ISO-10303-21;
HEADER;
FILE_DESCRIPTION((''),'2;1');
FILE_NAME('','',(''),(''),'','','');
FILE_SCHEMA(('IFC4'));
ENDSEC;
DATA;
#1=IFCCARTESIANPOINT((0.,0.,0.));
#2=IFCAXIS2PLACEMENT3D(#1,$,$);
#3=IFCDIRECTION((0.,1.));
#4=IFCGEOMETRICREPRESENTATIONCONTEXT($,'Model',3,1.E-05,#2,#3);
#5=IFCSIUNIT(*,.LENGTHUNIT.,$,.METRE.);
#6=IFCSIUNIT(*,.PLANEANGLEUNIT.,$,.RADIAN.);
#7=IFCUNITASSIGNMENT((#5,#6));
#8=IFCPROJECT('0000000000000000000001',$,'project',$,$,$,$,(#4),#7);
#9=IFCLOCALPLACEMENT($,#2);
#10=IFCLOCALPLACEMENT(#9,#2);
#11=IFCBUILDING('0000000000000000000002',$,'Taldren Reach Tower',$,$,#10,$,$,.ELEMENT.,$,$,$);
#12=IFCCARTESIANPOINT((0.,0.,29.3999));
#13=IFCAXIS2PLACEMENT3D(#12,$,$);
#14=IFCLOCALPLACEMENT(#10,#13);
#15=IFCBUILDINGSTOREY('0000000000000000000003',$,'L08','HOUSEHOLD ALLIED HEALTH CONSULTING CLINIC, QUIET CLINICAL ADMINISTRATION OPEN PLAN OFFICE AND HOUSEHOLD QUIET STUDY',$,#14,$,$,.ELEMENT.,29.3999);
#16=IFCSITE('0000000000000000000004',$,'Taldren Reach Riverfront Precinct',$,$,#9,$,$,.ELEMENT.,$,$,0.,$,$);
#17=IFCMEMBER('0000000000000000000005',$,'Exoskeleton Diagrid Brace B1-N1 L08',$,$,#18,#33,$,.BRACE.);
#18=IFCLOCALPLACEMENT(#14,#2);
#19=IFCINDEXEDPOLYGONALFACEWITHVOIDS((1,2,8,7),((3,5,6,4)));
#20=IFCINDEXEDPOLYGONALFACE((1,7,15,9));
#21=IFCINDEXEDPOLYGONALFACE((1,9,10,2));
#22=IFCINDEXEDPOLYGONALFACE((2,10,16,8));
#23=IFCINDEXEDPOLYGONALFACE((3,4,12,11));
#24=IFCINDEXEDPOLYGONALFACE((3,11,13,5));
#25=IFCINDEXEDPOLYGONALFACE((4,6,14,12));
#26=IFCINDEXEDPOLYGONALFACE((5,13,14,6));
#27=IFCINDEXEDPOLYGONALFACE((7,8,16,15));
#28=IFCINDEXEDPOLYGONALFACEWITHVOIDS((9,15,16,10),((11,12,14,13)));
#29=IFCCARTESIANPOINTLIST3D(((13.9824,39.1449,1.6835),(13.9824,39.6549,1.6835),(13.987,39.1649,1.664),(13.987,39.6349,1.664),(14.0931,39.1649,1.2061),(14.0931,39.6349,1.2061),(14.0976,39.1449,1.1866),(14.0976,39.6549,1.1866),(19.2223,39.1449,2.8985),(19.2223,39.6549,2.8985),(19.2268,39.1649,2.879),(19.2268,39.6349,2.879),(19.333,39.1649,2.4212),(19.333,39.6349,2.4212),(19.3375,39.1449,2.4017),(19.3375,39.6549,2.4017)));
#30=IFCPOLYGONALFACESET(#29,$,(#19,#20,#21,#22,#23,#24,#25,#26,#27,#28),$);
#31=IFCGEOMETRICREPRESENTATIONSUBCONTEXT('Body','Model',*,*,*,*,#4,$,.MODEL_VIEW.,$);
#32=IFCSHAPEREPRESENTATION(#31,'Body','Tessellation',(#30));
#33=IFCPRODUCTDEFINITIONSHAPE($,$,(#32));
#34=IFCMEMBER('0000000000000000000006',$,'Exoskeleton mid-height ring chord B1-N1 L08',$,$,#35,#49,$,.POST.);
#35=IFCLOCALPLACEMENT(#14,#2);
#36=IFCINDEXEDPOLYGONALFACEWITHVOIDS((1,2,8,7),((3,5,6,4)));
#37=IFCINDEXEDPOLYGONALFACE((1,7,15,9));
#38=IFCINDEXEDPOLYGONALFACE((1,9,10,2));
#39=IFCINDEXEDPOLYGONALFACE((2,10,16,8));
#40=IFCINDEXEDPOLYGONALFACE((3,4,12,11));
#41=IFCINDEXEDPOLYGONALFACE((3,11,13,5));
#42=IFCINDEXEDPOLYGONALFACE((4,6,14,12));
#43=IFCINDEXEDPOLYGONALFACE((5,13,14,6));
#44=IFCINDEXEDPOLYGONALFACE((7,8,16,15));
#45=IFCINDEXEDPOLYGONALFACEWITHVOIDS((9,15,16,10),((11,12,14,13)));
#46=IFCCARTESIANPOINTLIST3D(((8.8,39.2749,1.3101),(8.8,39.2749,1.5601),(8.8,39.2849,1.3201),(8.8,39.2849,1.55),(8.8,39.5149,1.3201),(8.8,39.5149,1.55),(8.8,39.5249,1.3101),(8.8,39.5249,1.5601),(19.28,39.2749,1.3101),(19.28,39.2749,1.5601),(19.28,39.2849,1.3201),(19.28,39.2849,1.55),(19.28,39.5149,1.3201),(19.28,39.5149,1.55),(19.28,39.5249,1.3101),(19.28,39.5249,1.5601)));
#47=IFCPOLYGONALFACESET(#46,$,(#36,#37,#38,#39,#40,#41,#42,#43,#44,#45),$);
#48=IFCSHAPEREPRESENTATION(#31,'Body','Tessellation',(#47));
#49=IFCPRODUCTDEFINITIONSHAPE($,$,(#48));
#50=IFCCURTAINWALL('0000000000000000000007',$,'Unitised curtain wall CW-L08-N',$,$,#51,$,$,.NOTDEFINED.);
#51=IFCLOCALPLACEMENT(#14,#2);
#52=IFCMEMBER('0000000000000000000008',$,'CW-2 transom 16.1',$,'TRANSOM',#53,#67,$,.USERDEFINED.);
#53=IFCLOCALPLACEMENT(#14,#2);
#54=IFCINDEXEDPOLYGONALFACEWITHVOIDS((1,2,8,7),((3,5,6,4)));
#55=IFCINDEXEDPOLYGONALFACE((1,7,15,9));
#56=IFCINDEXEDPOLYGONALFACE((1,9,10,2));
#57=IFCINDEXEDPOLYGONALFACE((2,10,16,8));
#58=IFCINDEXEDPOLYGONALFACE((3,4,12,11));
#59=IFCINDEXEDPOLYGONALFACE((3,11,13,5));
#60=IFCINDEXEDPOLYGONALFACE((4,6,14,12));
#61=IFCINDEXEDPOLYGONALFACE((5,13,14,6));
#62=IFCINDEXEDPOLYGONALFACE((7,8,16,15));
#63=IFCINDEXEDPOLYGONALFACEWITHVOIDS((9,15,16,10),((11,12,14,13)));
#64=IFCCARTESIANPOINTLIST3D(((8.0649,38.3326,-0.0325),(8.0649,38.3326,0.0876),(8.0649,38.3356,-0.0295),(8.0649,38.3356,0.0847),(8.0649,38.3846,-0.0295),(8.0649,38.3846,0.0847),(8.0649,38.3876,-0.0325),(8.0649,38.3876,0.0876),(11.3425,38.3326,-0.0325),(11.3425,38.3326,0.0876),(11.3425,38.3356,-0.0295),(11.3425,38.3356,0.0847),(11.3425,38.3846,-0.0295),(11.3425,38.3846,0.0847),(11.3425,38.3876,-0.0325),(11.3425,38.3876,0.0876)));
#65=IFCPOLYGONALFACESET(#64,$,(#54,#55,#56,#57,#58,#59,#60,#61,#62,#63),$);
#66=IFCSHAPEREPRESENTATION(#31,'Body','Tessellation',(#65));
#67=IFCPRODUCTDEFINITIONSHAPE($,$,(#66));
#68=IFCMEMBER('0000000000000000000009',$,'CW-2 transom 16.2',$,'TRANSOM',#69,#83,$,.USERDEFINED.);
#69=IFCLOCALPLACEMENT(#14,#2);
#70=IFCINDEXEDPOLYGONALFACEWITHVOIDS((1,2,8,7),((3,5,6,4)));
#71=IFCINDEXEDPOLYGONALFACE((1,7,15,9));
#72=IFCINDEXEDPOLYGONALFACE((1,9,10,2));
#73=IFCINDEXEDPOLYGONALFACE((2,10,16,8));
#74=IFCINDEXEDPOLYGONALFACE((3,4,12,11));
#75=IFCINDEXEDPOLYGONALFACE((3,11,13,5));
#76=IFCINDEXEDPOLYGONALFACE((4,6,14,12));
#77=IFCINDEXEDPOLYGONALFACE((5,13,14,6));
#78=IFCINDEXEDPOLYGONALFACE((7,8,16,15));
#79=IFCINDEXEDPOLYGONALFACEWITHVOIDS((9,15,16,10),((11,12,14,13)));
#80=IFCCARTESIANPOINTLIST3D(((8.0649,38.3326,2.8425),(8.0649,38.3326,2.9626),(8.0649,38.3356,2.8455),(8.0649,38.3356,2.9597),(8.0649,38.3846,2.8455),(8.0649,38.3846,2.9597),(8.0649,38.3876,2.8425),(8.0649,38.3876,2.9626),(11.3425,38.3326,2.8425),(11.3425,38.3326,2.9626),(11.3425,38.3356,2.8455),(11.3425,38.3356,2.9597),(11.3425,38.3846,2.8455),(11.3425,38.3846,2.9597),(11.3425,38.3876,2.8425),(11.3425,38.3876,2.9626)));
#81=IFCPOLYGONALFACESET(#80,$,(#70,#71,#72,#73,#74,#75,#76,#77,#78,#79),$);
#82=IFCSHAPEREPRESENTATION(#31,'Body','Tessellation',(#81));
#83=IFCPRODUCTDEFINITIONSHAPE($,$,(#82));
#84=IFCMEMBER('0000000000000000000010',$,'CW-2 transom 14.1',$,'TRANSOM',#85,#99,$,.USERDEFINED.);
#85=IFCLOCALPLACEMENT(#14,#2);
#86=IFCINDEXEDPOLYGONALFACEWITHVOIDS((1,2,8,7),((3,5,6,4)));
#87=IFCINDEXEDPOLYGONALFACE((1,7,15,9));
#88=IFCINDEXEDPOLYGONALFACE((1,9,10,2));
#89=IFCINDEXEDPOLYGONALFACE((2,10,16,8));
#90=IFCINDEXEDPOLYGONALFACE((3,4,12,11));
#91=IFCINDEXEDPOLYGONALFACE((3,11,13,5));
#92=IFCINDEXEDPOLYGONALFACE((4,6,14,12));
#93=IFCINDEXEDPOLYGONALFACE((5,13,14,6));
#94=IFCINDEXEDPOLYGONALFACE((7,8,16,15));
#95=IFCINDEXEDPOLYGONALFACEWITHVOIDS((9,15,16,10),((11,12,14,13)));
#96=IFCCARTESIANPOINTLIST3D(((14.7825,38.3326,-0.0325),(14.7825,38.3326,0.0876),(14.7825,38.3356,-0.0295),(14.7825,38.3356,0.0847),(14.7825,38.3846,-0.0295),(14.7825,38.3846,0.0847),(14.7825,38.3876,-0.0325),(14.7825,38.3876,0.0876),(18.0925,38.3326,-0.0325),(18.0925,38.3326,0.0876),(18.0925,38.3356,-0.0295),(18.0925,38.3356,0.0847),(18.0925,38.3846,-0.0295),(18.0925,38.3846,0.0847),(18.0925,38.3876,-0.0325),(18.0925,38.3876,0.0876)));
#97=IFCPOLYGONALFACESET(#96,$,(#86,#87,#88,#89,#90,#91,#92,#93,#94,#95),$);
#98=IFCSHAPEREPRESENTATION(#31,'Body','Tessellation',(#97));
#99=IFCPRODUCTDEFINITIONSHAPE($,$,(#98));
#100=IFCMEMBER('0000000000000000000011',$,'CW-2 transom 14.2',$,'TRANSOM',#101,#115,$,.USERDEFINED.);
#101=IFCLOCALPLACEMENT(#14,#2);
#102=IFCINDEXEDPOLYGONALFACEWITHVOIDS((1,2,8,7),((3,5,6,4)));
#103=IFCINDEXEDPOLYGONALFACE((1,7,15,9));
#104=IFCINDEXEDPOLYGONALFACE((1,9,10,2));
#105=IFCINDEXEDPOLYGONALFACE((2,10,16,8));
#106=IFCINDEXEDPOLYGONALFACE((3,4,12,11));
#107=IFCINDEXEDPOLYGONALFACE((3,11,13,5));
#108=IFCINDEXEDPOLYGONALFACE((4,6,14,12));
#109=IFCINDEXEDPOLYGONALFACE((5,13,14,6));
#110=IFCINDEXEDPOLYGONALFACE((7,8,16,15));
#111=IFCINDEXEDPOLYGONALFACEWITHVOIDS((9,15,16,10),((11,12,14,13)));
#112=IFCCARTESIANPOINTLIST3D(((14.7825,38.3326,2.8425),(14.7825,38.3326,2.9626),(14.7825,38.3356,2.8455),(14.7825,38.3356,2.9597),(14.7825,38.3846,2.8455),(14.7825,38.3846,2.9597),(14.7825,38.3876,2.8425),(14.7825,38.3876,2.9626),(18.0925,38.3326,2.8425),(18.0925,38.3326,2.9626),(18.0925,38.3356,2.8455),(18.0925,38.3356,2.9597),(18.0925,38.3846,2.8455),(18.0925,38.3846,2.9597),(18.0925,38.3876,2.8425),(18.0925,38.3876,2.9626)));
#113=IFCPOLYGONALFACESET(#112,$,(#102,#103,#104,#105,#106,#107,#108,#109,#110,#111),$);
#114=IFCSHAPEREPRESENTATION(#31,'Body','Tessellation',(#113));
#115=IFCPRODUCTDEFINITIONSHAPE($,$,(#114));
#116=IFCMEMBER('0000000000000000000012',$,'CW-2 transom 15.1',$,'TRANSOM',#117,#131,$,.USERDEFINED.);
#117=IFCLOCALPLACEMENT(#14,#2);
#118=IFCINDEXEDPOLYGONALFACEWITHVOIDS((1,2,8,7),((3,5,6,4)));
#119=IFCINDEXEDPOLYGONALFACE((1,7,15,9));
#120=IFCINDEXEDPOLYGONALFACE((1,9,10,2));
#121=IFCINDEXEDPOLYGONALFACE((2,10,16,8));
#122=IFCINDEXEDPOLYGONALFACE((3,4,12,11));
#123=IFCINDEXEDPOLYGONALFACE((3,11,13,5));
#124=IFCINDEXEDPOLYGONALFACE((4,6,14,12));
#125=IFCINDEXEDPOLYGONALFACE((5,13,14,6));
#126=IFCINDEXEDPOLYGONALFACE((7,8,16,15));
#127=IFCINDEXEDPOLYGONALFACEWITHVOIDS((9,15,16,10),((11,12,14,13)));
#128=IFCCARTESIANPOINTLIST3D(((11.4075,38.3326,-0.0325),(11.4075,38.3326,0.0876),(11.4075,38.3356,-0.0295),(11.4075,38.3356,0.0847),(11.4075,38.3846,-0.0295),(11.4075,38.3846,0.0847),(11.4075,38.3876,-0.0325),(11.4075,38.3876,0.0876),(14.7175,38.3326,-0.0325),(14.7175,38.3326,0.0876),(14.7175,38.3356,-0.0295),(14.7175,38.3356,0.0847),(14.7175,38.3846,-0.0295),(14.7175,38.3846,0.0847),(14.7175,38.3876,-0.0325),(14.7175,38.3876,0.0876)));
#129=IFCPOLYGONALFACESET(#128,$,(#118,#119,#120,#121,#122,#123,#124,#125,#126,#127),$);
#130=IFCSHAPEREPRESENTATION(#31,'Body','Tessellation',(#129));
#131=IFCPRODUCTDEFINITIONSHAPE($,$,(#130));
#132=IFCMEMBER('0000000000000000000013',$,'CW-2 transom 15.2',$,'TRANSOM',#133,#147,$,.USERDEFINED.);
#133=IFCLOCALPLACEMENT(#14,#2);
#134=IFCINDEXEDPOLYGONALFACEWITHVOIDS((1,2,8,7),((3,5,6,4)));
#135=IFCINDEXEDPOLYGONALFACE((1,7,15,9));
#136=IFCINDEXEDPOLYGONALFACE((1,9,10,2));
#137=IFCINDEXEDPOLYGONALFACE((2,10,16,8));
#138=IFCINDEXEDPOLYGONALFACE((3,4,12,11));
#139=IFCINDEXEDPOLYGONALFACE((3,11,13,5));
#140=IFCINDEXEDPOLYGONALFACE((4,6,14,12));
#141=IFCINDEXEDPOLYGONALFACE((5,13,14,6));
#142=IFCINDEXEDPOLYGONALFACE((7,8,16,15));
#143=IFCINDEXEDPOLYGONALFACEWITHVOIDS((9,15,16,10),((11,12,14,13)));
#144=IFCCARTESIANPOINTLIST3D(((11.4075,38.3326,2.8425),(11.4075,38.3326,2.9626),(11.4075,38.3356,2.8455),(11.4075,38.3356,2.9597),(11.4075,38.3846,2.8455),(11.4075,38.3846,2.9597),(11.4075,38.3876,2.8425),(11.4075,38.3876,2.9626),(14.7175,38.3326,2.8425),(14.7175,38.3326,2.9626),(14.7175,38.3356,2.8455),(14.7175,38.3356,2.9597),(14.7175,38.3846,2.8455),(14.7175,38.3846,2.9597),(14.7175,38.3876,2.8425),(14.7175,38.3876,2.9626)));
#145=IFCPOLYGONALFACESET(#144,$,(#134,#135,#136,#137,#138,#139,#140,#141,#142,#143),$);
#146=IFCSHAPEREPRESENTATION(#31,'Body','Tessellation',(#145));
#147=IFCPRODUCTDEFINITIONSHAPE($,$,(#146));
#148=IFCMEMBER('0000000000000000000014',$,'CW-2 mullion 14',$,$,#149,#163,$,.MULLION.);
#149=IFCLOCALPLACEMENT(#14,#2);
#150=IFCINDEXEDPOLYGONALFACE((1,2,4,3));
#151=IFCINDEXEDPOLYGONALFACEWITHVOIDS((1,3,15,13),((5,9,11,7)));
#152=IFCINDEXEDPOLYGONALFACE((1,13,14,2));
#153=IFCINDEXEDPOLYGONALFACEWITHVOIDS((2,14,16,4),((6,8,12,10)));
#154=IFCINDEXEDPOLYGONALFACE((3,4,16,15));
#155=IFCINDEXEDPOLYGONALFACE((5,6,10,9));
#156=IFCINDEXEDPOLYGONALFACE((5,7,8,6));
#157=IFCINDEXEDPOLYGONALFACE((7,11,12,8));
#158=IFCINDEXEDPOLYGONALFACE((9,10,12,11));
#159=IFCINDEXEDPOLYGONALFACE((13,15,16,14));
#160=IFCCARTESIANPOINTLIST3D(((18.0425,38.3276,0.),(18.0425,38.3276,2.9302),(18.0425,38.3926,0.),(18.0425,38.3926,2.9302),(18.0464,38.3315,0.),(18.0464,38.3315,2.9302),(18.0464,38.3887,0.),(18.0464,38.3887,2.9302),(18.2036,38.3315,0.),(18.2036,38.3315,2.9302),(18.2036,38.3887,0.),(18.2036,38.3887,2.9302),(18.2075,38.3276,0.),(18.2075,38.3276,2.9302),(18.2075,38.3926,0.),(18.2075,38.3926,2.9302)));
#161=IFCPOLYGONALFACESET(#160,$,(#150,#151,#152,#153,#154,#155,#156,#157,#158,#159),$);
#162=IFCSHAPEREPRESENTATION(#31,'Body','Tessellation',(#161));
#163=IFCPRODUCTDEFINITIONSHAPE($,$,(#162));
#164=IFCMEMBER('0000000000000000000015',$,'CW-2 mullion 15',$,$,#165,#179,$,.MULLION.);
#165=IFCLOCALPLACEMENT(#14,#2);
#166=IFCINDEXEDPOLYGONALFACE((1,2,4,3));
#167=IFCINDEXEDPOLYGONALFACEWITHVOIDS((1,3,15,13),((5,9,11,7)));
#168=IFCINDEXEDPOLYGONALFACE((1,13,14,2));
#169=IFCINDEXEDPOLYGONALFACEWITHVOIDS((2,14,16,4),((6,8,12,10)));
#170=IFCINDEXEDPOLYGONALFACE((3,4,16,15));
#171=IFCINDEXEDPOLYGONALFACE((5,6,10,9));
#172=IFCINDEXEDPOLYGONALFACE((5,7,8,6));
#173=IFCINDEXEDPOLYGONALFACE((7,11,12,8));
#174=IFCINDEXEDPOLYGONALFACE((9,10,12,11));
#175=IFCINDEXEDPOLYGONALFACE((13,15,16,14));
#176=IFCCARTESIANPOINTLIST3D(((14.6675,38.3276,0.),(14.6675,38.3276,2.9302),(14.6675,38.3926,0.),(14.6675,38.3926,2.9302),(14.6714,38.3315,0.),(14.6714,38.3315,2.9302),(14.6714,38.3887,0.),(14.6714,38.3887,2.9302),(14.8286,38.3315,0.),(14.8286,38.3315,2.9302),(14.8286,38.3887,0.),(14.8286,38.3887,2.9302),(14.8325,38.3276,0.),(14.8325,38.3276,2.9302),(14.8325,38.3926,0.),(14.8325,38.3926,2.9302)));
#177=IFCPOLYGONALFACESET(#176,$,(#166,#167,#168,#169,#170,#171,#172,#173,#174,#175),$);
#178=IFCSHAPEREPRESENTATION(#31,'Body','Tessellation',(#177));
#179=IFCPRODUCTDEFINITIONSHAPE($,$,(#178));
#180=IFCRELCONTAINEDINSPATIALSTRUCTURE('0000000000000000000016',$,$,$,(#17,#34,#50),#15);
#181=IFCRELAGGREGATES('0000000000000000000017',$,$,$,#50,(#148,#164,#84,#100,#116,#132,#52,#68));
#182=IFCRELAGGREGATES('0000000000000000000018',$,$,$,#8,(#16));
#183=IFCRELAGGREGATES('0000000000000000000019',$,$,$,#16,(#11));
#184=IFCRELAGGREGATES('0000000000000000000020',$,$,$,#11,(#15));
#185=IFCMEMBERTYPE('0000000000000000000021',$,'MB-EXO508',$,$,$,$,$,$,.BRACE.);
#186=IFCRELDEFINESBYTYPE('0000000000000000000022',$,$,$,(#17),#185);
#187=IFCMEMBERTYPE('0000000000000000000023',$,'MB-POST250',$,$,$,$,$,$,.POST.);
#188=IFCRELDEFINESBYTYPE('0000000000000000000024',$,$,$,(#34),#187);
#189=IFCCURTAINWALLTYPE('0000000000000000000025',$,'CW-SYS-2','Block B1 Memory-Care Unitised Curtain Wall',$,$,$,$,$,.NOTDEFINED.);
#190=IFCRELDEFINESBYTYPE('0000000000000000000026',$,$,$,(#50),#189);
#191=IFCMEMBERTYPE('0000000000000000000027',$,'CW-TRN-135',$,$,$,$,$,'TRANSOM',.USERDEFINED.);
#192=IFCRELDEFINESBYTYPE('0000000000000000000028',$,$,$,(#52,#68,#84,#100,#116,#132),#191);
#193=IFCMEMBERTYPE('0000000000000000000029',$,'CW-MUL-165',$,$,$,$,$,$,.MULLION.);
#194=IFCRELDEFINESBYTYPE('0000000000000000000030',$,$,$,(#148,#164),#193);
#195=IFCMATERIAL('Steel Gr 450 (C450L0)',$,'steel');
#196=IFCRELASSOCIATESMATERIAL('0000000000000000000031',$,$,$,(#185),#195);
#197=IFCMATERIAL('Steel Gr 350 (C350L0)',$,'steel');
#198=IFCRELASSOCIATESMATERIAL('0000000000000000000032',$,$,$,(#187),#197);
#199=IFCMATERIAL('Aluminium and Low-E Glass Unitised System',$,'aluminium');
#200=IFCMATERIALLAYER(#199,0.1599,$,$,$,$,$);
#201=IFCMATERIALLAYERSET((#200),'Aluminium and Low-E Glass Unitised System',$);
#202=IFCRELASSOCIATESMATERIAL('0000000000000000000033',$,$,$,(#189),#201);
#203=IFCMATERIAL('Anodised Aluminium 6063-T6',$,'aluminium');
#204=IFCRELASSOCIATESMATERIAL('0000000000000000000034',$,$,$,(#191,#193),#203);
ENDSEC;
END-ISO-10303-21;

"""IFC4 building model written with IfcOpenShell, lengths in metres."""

from ifc_helpers import new_model, si_unit, direction, frame, origin, origin_2d, place, context, subcontext, project, spatial, hollow_rectangle, extrude, source, transform, mapped, material, layer, layer_set, material_profile, profile_set, type_object, element, aggregate, save


model = new_model("IFC4")

# Units and contexts
model_context = context("Model", 3, precision=1e-05, world=origin(), true_north=direction((0.0, 1.0)))
body_context = subcontext(model_context, "Body", "Model", "MODEL_VIEW")
ifc_project = project(units=[si_unit("LENGTHUNIT", "METRE"), si_unit("PLANEANGLEUNIT", "RADIAN")], contexts=[model_context])

# Site, building, storey
site_placement = place(None, origin())
site = spatial("IfcSite", under=ifc_project, at=site_placement, Name="Taldren Reach Riverfront Precinct", CompositionType="ELEMENT", RefElevation=0.0)
building_placement = place(site_placement, origin())
building = spatial("IfcBuilding", under=site, at=building_placement, Name="Taldren Reach Tower", CompositionType="ELEMENT")
storey_placement = place(building_placement, frame((0.0, 0.0, 29.3999)))
storey = spatial("IfcBuildingStorey", under=building, at=storey_placement, Name="L08", Description="HOUSEHOLD ALLIED HEALTH CONSULTING CLINIC, QUIET CLINICAL ADMINISTRATION OPEN PLAN OFFICE AND HOUSEHOLD QUIET STUDY", CompositionType="ELEMENT", Elevation=29.3999)

# Members
ifc_material_1 = material(Name="Steel Gr 450 (C450L0)", Category="steel")
ifc_material_profile_1 = material_profile(ifc_material_1, hollow_rectangle(XDim=0.51, YDim=0.51, WallThickness=0.02, at=origin_2d()), Name="510x510x20.0SHS")
ifc_profile_set_1 = profile_set([ifc_material_profile_1], Name="Steel Gr 450 (C450L0)")
member_type_1 = type_object("IfcMemberType", Name="MB-EXO508", PredefinedType="BRACE", material=ifc_profile_set_1)
shared_shape_1 = source(origin(), body_context, "Body", "SweptSolid", [
    extrude(hollow_rectangle(XDim=0.51, YDim=0.51, WallThickness=0.02, at=origin_2d()), origin(), (0.0, 0.0, 1.0), 5.3789),
])
member_1_placement = place(storey_placement, frame((14.04, 39.3999, 1.4351), z_axis=(0.974152, 0.0, 0.225894), x_axis=(0.0, 1.0, 0.0)))
element("IfcMember", 1, at=member_1_placement, inside=storey, type_object=member_type_1, Name="Exoskeleton Diagrid Brace B1-N1 L08", PredefinedType="BRACE", context=body_context, shape_type="MappedRepresentation", body=[
    mapped(shared_shape_1, transform((0.0, 0.0, 0.0), scale=1.0)),
])
ifc_material_2 = material(Name="Steel Gr 350 (C350L0)", Category="steel")
ifc_material_profile_2 = material_profile(ifc_material_2, hollow_rectangle(XDim=0.25, YDim=0.25, WallThickness=0.01, at=origin_2d()), Name="250x250x10.0SHS")
ifc_profile_set_2 = profile_set([ifc_material_profile_2], Name="Steel Gr 350 (C350L0)")
member_type_2 = type_object("IfcMemberType", Name="MB-POST250", PredefinedType="POST", material=ifc_profile_set_2)
shared_shape_2 = source(origin(), body_context, "Body", "SweptSolid", [
    extrude(hollow_rectangle(XDim=0.25, YDim=0.25, WallThickness=0.01, at=origin_2d()), origin(), (0.0, 0.0, 1.0), 10.48),
])
member_2_placement = place(storey_placement, frame((8.8, 39.3999, 1.4351), z_axis=(1.0, 0.0, 0.0), x_axis=(0.0, 1.0, 0.0)))
element("IfcMember", 2, at=member_2_placement, inside=storey, type_object=member_type_2, Name="Exoskeleton mid-height ring chord B1-N1 L08", PredefinedType="POST", context=body_context, shape_type="MappedRepresentation", body=[
    mapped(shared_shape_2, transform((0.0, 0.0, 0.0), scale=1.0)),
])

# Curtain wall, members
ifc_material_3 = material(Name="Aluminium and Low-E Glass Unitised System", Category="aluminium")
ifc_layer_1 = layer(ifc_material_3, 0.1599)
ifc_layer_set_1 = layer_set([ifc_layer_1], Name="Aluminium and Low-E Glass Unitised System")
curtain_wall_type = type_object("IfcCurtainWallType", Name="CW-SYS-2", Description="Block B1 Memory-Care Unitised Curtain Wall", PredefinedType="NOTDEFINED", material=ifc_layer_set_1)
curtain_wall_placement = place(storey_placement, origin())
curtain_wall = element("IfcCurtainWall", 3, at=curtain_wall_placement, inside=storey, type_object=curtain_wall_type, Name="Unitised curtain wall CW-L08-N", PredefinedType="NOTDEFINED")
ifc_material_4 = material(Name="Anodised Aluminium 6063-T6", Category="aluminium")
ifc_material_profile_3 = material_profile(ifc_material_4, hollow_rectangle(XDim=0.0549, YDim=0.1201, WallThickness=0.0029, at=origin_2d()), Name="ALU-120x55x3RHS")
ifc_profile_set_3 = profile_set([ifc_material_profile_3], Name="Anodised Aluminium 6063-T6")
member_type_3 = type_object("IfcMemberType", Name="CW-TRN-135", ElementType="TRANSOM", PredefinedType="USERDEFINED", material=ifc_profile_set_3)
shared_shape_3 = source(origin(), body_context, "Body", "SweptSolid", [
    extrude(hollow_rectangle(XDim=0.0549, YDim=0.1201, WallThickness=0.0029, at=origin_2d()), origin(), (0.0, 0.0, 1.0), 3.2776),
])
member_3_placement = place(storey_placement, frame((11.3425, 38.3601, 0.0276), z_axis=(-1.0, 0.0, 0.0), x_axis=(0.0, -1.0, 0.0)))
member_3 = element("IfcMember", 4, at=member_3_placement, type_object=member_type_3, Name="CW-2 transom 16.1", ObjectType="TRANSOM", PredefinedType="USERDEFINED", context=body_context, shape_type="MappedRepresentation", body=[
    mapped(shared_shape_3, transform((0.0, 0.0, 0.0), scale=1.0)),
])
member_4_placement = place(storey_placement, frame((11.3425, 38.3601, 2.9026), z_axis=(-1.0, 0.0, 0.0), x_axis=(0.0, -1.0, 0.0)))
member_4 = element("IfcMember", 5, at=member_4_placement, type_object=member_type_3, Name="CW-2 transom 16.2", ObjectType="TRANSOM", PredefinedType="USERDEFINED", context=body_context, shape_type="MappedRepresentation", body=[
    mapped(shared_shape_3, transform((0.0, 0.0, 0.0), scale=1.0)),
])
shared_shape_4 = source(origin(), body_context, "Body", "SweptSolid", [
    extrude(hollow_rectangle(XDim=0.0549, YDim=0.1201, WallThickness=0.0029, at=origin_2d()), origin(), (0.0, 0.0, 1.0), 3.3101),
])
member_5_placement = place(storey_placement, frame((18.0925, 38.3601, 0.0276), z_axis=(-1.0, 0.0, 0.0), x_axis=(0.0, -1.0, 0.0)))
member_5 = element("IfcMember", 6, at=member_5_placement, type_object=member_type_3, Name="CW-2 transom 14.1", ObjectType="TRANSOM", PredefinedType="USERDEFINED", context=body_context, shape_type="MappedRepresentation", body=[
    mapped(shared_shape_4, transform((0.0, 0.0, 0.0), scale=1.0)),
])
member_6_placement = place(storey_placement, frame((18.0925, 38.3601, 2.9026), z_axis=(-1.0, 0.0, 0.0), x_axis=(0.0, -1.0, 0.0)))
member_6 = element("IfcMember", 7, at=member_6_placement, type_object=member_type_3, Name="CW-2 transom 14.2", ObjectType="TRANSOM", PredefinedType="USERDEFINED", context=body_context, shape_type="MappedRepresentation", body=[
    mapped(shared_shape_4, transform((0.0, 0.0, 0.0), scale=1.0)),
])
member_7_placement = place(storey_placement, frame((14.7175, 38.3601, 0.0276), z_axis=(-1.0, 0.0, 0.0), x_axis=(0.0, -1.0, 0.0)))
member_7 = element("IfcMember", 8, at=member_7_placement, type_object=member_type_3, Name="CW-2 transom 15.1", ObjectType="TRANSOM", PredefinedType="USERDEFINED", context=body_context, shape_type="MappedRepresentation", body=[
    mapped(shared_shape_4, transform((0.0, 0.0, 0.0), scale=1.0)),
])
member_8_placement = place(storey_placement, frame((14.7175, 38.3601, 2.9026), z_axis=(-1.0, 0.0, 0.0), x_axis=(0.0, -1.0, 0.0)))
member_8 = element("IfcMember", 9, at=member_8_placement, type_object=member_type_3, Name="CW-2 transom 15.2", ObjectType="TRANSOM", PredefinedType="USERDEFINED", context=body_context, shape_type="MappedRepresentation", body=[
    mapped(shared_shape_4, transform((0.0, 0.0, 0.0), scale=1.0)),
])
ifc_material_profile_4 = material_profile(ifc_material_4, hollow_rectangle(XDim=0.0649, YDim=0.165, WallThickness=0.0039, at=origin_2d()), Name="ALU-165x65x4RHS")
ifc_profile_set_4 = profile_set([ifc_material_profile_4], Name="Anodised Aluminium 6063-T6")
member_type_4 = type_object("IfcMemberType", Name="CW-MUL-165", PredefinedType="MULLION", material=ifc_profile_set_4)
shared_shape_5 = source(origin(), body_context, "Body", "SweptSolid", [
    extrude(hollow_rectangle(XDim=0.0649, YDim=0.165, WallThickness=0.0039, at=origin_2d()), origin(), (0.0, 0.0, 1.0), 2.9302),
])
member_9_placement = place(storey_placement, frame((18.125, 38.3601, 0.0), z_axis=(0.0, 0.0, 1.0), x_axis=(0.0, -1.0, 0.0)))
member_9 = element("IfcMember", 10, at=member_9_placement, type_object=member_type_4, Name="CW-2 mullion 14", PredefinedType="MULLION", context=body_context, shape_type="MappedRepresentation", body=[
    mapped(shared_shape_5, transform((0.0, 0.0, 0.0), scale=1.0)),
])
member_10_placement = place(storey_placement, frame((14.75, 38.3601, 0.0), z_axis=(0.0, 0.0, 1.0), x_axis=(0.0, -1.0, 0.0)))
member_10 = element("IfcMember", 11, at=member_10_placement, type_object=member_type_4, Name="CW-2 mullion 15", PredefinedType="MULLION", context=body_context, shape_type="MappedRepresentation", body=[
    mapped(shared_shape_5, transform((0.0, 0.0, 0.0), scale=1.0)),
])

aggregate(curtain_wall, [member_9, member_10, member_5, member_6, member_7, member_8, member_3, member_4])

save(model, "model.ifc")
